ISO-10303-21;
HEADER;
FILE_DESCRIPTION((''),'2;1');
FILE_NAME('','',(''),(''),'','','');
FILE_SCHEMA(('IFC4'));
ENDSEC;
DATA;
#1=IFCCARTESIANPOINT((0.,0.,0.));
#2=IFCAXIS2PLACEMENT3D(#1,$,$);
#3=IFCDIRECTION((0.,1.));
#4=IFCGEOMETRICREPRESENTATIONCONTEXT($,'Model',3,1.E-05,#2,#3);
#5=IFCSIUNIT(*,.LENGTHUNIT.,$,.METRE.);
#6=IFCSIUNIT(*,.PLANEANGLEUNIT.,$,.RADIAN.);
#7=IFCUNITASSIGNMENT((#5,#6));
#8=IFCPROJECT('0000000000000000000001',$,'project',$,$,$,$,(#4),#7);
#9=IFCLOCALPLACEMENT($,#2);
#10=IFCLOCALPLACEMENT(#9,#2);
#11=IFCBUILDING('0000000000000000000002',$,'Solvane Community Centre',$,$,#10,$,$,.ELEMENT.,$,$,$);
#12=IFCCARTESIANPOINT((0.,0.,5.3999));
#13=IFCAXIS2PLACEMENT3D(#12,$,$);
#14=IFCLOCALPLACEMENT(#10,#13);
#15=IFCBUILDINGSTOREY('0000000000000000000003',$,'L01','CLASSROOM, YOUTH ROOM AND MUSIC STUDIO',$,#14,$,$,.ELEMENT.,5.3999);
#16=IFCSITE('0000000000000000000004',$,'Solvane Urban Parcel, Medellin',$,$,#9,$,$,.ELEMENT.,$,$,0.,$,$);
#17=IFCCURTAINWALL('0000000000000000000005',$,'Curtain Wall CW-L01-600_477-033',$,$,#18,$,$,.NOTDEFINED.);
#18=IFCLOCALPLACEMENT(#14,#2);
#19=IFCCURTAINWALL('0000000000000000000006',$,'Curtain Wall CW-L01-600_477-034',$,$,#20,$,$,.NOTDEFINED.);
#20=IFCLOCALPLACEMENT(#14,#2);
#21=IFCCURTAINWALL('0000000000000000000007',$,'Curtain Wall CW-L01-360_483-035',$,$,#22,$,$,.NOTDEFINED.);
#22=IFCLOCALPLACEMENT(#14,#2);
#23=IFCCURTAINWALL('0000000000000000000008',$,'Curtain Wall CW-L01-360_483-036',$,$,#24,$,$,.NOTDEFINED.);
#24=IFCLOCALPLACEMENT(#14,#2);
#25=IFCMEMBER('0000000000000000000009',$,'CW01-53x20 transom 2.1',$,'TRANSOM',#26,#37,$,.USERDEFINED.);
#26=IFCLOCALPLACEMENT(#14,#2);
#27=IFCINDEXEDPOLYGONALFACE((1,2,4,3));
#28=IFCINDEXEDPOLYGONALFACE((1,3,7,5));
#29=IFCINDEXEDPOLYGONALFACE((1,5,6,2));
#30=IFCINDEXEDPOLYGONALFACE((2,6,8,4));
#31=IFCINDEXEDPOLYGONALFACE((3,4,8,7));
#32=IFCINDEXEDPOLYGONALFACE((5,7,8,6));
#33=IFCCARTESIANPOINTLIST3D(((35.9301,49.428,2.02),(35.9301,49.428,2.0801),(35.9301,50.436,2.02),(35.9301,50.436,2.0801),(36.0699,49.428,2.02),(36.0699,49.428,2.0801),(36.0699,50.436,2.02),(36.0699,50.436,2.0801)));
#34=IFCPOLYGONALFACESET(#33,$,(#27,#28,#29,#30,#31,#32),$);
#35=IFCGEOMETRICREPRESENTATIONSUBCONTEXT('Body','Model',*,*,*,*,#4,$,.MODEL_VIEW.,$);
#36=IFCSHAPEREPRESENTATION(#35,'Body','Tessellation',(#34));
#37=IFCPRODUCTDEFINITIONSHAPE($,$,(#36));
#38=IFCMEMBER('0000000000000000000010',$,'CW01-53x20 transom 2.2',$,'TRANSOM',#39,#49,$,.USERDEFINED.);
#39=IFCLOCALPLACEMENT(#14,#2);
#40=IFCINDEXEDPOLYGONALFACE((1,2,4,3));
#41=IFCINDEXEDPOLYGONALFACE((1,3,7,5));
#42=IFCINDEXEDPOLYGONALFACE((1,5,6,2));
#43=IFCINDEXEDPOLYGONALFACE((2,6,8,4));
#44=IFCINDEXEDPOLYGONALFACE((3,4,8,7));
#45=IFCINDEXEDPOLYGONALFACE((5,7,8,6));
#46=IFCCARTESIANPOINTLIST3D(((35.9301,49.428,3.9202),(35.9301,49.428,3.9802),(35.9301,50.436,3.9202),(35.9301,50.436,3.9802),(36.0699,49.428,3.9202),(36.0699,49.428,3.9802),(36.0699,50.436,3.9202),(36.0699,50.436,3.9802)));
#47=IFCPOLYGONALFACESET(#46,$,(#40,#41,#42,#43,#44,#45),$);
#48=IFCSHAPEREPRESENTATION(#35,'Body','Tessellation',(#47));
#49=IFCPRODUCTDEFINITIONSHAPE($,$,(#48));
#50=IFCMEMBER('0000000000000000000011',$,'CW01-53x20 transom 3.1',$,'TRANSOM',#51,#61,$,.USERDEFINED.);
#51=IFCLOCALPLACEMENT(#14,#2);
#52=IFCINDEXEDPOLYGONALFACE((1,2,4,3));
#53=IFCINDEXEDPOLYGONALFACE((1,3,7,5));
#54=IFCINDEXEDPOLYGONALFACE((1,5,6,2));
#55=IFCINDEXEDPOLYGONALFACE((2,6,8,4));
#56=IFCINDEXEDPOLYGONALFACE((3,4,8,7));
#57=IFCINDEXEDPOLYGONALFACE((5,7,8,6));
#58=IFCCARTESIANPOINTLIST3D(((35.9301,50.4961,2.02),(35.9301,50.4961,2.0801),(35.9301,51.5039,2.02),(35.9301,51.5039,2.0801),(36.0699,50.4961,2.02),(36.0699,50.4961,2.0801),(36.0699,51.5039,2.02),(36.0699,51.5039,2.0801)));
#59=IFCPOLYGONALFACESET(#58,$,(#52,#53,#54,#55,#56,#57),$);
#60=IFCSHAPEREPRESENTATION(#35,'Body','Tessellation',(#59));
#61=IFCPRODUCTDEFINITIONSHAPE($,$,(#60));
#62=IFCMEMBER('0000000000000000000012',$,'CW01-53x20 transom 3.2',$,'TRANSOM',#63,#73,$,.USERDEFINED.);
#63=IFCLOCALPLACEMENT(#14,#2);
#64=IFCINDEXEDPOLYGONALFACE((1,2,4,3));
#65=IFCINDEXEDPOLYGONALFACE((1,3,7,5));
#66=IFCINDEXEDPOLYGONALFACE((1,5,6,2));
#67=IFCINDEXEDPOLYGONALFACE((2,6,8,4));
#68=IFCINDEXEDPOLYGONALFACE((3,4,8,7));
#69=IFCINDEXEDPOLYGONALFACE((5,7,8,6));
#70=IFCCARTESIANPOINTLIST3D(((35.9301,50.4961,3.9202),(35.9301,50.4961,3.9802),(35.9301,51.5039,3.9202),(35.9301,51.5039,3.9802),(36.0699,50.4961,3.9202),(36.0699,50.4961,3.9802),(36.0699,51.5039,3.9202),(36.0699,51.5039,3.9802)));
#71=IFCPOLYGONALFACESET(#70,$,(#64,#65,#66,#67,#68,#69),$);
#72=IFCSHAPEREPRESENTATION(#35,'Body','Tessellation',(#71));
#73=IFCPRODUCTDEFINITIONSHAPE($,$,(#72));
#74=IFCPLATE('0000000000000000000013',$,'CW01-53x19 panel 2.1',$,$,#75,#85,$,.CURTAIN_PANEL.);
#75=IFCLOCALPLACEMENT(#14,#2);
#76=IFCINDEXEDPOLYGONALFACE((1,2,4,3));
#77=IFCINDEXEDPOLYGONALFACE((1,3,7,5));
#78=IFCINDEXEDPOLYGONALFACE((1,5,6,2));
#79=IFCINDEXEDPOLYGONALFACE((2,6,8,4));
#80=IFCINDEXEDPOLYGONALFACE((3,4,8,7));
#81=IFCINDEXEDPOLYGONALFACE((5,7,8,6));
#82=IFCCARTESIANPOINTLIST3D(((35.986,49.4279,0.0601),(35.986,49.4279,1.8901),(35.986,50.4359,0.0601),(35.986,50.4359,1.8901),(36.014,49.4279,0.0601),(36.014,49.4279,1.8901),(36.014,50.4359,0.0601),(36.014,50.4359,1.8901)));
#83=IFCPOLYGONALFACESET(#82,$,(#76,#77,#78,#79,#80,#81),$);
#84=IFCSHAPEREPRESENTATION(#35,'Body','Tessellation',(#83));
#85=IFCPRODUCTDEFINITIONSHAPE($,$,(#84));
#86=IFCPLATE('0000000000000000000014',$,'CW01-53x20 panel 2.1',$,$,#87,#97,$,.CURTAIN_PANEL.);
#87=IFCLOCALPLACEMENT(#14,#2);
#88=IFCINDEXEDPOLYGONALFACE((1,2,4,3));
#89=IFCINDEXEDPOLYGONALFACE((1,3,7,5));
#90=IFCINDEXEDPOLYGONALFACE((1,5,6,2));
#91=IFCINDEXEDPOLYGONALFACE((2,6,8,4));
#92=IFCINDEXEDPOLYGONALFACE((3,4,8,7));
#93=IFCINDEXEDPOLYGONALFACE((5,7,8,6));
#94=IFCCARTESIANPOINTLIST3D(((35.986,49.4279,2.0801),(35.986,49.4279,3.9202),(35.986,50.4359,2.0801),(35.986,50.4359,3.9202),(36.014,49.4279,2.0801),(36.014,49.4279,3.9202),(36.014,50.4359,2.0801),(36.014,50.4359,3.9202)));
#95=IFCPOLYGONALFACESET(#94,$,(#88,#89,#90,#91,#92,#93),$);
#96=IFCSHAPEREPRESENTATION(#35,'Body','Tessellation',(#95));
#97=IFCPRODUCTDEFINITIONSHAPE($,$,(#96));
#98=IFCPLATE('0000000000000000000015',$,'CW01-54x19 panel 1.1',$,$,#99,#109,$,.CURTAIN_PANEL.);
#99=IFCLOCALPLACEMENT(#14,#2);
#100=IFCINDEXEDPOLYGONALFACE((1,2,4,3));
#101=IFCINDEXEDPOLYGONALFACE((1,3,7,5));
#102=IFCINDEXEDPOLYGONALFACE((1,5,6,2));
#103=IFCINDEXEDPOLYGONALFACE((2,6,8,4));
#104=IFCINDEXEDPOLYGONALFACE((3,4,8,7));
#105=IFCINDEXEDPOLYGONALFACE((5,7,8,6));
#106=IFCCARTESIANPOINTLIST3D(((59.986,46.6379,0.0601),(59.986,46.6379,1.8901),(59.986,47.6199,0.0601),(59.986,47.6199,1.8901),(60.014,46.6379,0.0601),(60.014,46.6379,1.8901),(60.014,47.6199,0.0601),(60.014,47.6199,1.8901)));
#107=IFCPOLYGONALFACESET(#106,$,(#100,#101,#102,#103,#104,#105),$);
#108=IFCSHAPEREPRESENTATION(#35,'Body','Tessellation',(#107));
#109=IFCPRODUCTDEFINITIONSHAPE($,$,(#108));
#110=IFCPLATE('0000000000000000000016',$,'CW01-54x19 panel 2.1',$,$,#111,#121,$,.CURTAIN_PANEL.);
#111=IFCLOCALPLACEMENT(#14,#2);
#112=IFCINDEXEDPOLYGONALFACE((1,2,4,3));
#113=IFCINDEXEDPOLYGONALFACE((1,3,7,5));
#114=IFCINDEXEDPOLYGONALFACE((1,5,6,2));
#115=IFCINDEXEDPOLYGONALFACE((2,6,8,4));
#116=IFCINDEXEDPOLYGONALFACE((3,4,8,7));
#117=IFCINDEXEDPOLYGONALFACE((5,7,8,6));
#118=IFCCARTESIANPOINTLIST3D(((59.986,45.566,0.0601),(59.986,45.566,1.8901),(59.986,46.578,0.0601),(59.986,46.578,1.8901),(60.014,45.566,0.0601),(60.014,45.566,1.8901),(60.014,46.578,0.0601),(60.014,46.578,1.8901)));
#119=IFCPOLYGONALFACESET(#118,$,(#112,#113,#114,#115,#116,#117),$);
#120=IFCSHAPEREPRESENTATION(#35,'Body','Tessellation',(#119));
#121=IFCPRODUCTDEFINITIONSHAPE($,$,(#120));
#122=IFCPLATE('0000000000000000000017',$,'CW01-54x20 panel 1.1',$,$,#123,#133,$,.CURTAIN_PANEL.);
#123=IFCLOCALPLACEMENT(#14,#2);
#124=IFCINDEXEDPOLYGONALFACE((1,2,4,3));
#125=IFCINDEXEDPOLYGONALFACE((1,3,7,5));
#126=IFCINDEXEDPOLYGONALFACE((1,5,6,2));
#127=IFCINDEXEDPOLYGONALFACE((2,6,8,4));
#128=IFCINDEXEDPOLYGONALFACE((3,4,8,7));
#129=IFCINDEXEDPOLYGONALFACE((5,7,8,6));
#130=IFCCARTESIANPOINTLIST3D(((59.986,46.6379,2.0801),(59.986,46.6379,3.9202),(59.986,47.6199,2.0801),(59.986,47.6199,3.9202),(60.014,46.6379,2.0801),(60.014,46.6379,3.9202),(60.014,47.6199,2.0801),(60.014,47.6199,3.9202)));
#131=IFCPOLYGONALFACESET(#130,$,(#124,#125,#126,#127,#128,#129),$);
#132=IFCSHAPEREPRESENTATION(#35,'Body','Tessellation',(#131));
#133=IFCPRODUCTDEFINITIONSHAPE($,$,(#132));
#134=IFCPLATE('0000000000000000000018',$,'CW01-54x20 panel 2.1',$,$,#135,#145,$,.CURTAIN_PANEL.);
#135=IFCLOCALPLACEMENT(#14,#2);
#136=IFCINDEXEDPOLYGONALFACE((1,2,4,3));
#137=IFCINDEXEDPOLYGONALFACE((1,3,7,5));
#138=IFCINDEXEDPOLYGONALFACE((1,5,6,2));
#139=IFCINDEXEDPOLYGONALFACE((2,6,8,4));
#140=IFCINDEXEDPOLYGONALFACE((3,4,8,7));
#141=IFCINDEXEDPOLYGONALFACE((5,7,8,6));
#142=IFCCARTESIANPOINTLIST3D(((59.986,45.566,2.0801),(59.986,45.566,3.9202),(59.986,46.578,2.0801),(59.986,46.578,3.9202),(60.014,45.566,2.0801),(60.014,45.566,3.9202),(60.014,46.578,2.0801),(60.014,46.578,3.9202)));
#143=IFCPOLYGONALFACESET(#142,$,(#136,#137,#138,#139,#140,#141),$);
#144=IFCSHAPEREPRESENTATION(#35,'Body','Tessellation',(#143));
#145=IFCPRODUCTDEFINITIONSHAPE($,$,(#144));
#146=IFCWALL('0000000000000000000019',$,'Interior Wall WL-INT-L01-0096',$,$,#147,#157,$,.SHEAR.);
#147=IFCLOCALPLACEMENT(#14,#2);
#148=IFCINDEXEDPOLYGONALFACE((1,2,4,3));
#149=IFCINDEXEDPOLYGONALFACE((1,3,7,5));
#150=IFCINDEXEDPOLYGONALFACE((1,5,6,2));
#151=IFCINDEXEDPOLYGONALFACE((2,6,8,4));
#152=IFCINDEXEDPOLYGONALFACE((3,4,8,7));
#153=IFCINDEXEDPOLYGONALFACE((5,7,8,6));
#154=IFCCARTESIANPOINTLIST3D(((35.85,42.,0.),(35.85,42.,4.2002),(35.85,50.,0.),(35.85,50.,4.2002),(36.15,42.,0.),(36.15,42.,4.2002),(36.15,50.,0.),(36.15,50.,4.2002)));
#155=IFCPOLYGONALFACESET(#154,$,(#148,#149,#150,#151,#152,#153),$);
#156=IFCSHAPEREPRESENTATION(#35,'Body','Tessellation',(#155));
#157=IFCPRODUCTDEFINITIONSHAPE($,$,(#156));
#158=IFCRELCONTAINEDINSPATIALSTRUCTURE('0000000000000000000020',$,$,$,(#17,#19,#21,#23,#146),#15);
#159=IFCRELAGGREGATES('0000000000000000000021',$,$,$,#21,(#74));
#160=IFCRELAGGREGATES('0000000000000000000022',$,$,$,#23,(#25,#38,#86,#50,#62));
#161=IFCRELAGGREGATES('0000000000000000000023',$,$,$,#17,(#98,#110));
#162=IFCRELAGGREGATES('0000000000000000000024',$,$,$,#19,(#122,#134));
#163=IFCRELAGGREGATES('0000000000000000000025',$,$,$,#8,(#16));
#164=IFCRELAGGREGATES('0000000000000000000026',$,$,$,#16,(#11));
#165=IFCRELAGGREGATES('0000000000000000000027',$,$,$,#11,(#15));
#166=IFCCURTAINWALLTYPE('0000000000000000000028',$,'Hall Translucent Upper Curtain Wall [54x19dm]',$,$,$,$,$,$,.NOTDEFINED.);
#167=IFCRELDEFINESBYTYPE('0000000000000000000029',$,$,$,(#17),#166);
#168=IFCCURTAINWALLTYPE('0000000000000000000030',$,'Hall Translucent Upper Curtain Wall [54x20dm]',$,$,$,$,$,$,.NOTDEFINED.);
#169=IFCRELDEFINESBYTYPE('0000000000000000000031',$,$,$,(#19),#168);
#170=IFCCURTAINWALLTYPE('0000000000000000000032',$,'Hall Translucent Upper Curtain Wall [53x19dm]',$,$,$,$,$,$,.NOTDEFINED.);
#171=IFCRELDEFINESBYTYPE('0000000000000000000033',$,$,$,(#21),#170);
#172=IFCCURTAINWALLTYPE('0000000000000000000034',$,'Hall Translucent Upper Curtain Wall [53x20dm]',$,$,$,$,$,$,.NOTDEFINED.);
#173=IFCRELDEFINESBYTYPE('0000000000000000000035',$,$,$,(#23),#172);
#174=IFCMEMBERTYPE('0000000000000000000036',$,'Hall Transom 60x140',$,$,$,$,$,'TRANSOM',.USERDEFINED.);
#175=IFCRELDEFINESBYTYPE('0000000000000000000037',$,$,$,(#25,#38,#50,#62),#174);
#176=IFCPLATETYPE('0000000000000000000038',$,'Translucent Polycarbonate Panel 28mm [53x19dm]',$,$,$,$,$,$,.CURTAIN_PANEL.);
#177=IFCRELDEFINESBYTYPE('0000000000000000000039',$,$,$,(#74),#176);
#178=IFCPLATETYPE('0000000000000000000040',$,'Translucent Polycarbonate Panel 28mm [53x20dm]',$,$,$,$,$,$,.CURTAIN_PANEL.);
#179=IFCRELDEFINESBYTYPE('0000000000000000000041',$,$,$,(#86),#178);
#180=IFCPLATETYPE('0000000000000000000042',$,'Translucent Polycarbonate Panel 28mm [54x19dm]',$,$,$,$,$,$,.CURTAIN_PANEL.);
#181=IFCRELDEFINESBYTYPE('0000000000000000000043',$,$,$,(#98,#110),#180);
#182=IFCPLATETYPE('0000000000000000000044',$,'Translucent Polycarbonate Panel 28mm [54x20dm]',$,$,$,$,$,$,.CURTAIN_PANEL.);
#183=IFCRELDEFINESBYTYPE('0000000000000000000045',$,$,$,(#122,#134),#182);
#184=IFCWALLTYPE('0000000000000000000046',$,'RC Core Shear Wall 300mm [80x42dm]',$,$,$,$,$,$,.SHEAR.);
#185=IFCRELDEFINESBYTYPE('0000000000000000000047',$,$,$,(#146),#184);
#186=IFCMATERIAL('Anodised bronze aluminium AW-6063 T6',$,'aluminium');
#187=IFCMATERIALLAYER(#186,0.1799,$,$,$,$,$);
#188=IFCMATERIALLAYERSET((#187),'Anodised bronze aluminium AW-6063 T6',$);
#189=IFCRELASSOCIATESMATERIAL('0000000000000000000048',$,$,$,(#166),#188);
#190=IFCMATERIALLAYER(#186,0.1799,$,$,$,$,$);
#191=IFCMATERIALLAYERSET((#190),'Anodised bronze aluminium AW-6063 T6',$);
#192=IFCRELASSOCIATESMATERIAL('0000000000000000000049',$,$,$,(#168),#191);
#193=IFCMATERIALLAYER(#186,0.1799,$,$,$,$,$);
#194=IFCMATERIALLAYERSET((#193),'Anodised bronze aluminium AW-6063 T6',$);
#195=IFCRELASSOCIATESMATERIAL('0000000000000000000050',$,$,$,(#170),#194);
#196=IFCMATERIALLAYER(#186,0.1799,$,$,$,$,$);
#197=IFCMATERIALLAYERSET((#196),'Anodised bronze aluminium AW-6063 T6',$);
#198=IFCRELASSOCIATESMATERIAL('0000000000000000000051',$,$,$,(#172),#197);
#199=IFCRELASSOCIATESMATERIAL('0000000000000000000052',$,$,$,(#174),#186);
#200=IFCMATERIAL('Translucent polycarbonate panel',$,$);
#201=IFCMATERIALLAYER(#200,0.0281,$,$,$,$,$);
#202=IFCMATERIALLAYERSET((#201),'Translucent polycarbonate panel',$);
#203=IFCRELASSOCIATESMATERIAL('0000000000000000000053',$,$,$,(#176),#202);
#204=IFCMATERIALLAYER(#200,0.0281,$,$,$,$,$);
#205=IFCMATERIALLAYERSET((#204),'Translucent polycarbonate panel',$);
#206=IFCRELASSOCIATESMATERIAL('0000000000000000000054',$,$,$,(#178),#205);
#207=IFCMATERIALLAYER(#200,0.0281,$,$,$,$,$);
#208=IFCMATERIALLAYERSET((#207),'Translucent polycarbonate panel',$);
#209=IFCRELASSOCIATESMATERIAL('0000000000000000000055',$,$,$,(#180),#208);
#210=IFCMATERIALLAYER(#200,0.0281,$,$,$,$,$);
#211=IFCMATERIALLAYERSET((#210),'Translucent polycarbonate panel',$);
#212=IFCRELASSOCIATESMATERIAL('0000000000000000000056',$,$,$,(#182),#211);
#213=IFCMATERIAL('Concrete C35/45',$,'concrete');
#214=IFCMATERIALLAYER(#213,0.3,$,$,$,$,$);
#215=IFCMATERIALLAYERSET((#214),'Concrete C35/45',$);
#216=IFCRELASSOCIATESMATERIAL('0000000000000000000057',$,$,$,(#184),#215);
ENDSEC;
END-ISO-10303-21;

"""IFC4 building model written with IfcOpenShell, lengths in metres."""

from ifc_helpers import new_model, si_unit, direction, frame, frame_2d, origin, origin_2d, place, context, subcontext, project, spatial, rectangle, extrude, material, layer, layer_set, material_profile, profile_set, type_object, element, aggregate, save


model = new_model("IFC4")

# Units and contexts
model_context = context("Model", 3, precision=1e-05, world=origin(), true_north=direction((0.0, 1.0)))
body_context = subcontext(model_context, "Body", "Model", "MODEL_VIEW")
ifc_project = project(units=[si_unit("LENGTHUNIT", "METRE"), si_unit("PLANEANGLEUNIT", "RADIAN")], contexts=[model_context])

# Site, building, storey
site_placement = place(None, origin())
site = spatial("IfcSite", under=ifc_project, at=site_placement, Name="Solvane Urban Parcel, Medellin", CompositionType="ELEMENT", RefElevation=0.0)
building_placement = place(site_placement, origin())
building = spatial("IfcBuilding", under=site, at=building_placement, Name="Solvane Community Centre", CompositionType="ELEMENT")
storey_placement = place(building_placement, frame((0.0, 0.0, 5.3999)))
storey = spatial("IfcBuildingStorey", under=building, at=storey_placement, Name="L01", Description="CLASSROOM, YOUTH ROOM AND MUSIC STUDIO", CompositionType="ELEMENT", Elevation=5.3999)

# Curtain walls
ifc_material_1 = material(Name="Anodised bronze aluminium AW-6063 T6", Category="aluminium")
ifc_layer_1 = layer(ifc_material_1, 0.1799)
ifc_layer_set_1 = layer_set([ifc_layer_1], Name="Anodised bronze aluminium AW-6063 T6")
curtain_wall_type_1 = type_object("IfcCurtainWallType", Name="Hall Translucent Upper Curtain Wall [54x19dm]", PredefinedType="NOTDEFINED", material=ifc_layer_set_1)
curtain_wall_1_placement = place(storey_placement, origin())
curtain_wall_1 = element("IfcCurtainWall", 1, at=curtain_wall_1_placement, inside=storey, type_object=curtain_wall_type_1, Name="Curtain Wall CW-L01-600_477-033", PredefinedType="NOTDEFINED")
ifc_layer_2 = layer(ifc_material_1, 0.1799)
ifc_layer_set_2 = layer_set([ifc_layer_2], Name="Anodised bronze aluminium AW-6063 T6")
curtain_wall_type_2 = type_object("IfcCurtainWallType", Name="Hall Translucent Upper Curtain Wall [54x20dm]", PredefinedType="NOTDEFINED", material=ifc_layer_set_2)
curtain_wall_2_placement = place(storey_placement, origin())
curtain_wall_2 = element("IfcCurtainWall", 2, at=curtain_wall_2_placement, inside=storey, type_object=curtain_wall_type_2, Name="Curtain Wall CW-L01-600_477-034", PredefinedType="NOTDEFINED")

# Curtain walls
ifc_layer_3 = layer(ifc_material_1, 0.1799)
ifc_layer_set_3 = layer_set([ifc_layer_3], Name="Anodised bronze aluminium AW-6063 T6")
curtain_wall_type_3 = type_object("IfcCurtainWallType", Name="Hall Translucent Upper Curtain Wall [53x19dm]", PredefinedType="NOTDEFINED", material=ifc_layer_set_3)
curtain_wall_3_placement = place(storey_placement, origin())
curtain_wall_3 = element("IfcCurtainWall", 3, at=curtain_wall_3_placement, inside=storey, type_object=curtain_wall_type_3, Name="Curtain Wall CW-L01-360_483-035", PredefinedType="NOTDEFINED")
ifc_layer_4 = layer(ifc_material_1, 0.1799)
ifc_layer_set_4 = layer_set([ifc_layer_4], Name="Anodised bronze aluminium AW-6063 T6")
curtain_wall_type_4 = type_object("IfcCurtainWallType", Name="Hall Translucent Upper Curtain Wall [53x20dm]", PredefinedType="NOTDEFINED", material=ifc_layer_set_4)
curtain_wall_4_placement = place(storey_placement, origin())
curtain_wall_4 = element("IfcCurtainWall", 4, at=curtain_wall_4_placement, inside=storey, type_object=curtain_wall_type_4, Name="Curtain Wall CW-L01-360_483-036", PredefinedType="NOTDEFINED")

# Members
ifc_material_profile_1 = material_profile(ifc_material_1, rectangle(XDim=0.1399, YDim=0.0601, at=origin_2d()), Name="CW-T 60x140")
ifc_profile_set_1 = profile_set([ifc_material_profile_1], Name="Anodised bronze aluminium AW-6063 T6")
member_type_1 = type_object("IfcMemberType", Name="Hall Transom 60x140", ElementType="TRANSOM", PredefinedType="USERDEFINED", material=ifc_profile_set_1)
member_1_placement = place(storey_placement, frame((36.0, 49.428, 2.05), z_axis=(0.0, 1.0, 0.0), x_axis=(-1.0, 0.0, 0.0)))
member_1 = element("IfcMember", 5, at=member_1_placement, type_object=member_type_1, Name="CW01-53x20 transom 2.1", ObjectType="TRANSOM", PredefinedType="USERDEFINED", context=body_context, shape_type="SweptSolid", body=[
    extrude(rectangle(XDim=0.1399, YDim=0.0601, at=origin_2d()), origin(), (0.0, 0.0, 1.0), 1.0081),
])
member_2_placement = place(storey_placement, frame((36.0, 49.428, 3.9502), z_axis=(0.0, 1.0, 0.0), x_axis=(-1.0, 0.0, 0.0)))
member_2 = element("IfcMember", 6, at=member_2_placement, type_object=member_type_1, Name="CW01-53x20 transom 2.2", ObjectType="TRANSOM", PredefinedType="USERDEFINED", context=body_context, shape_type="SweptSolid", body=[
    extrude(rectangle(XDim=0.1399, YDim=0.0601, at=origin_2d()), origin(), (0.0, 0.0, 1.0), 1.0081),
])
member_3_placement = place(storey_placement, frame((36.0, 50.4961, 2.05), z_axis=(0.0, 1.0, 0.0), x_axis=(-1.0, 0.0, 0.0)))
member_3 = element("IfcMember", 7, at=member_3_placement, type_object=member_type_1, Name="CW01-53x20 transom 3.1", ObjectType="TRANSOM", PredefinedType="USERDEFINED", context=body_context, shape_type="SweptSolid", body=[
    extrude(rectangle(XDim=0.1399, YDim=0.0601, at=origin_2d()), origin(), (0.0, 0.0, 1.0), 1.0078),
])
member_4_placement = place(storey_placement, frame((36.0, 50.4961, 3.9502), z_axis=(0.0, 1.0, 0.0), x_axis=(-1.0, 0.0, 0.0)))
member_4 = element("IfcMember", 8, at=member_4_placement, type_object=member_type_1, Name="CW01-53x20 transom 3.2", ObjectType="TRANSOM", PredefinedType="USERDEFINED", context=body_context, shape_type="SweptSolid", body=[
    extrude(rectangle(XDim=0.1399, YDim=0.0601, at=origin_2d()), origin(), (0.0, 0.0, 1.0), 1.0078),
])

# Plates
ifc_material_2 = material(Name="Translucent polycarbonate panel")
ifc_layer_5 = layer(ifc_material_2, 0.0281)
ifc_layer_set_5 = layer_set([ifc_layer_5], Name="Translucent polycarbonate panel")
plate_type_1 = type_object("IfcPlateType", Name="Translucent Polycarbonate Panel 28mm [53x19dm]", PredefinedType="CURTAIN_PANEL", material=ifc_layer_set_5)
plate_1_placement = place(storey_placement, frame((36.0, 49.9319, 0.0601), z_axis=(0.0, 0.0, 1.0), x_axis=(0.0, 1.0, 0.0)))
plate_1 = element("IfcPlate", 9, at=plate_1_placement, type_object=plate_type_1, Name="CW01-53x19 panel 2.1", PredefinedType="CURTAIN_PANEL", context=body_context, shape_type="SweptSolid", body=[
    extrude(rectangle(XDim=1.0081, YDim=0.0281, at=origin_2d()), origin(), (0.0, 0.0, 1.0), 1.8301),
])
aggregate(curtain_wall_3, [plate_1])
ifc_layer_6 = layer(ifc_material_2, 0.0281)
ifc_layer_set_6 = layer_set([ifc_layer_6], Name="Translucent polycarbonate panel")
plate_type_2 = type_object("IfcPlateType", Name="Translucent Polycarbonate Panel 28mm [53x20dm]", PredefinedType="CURTAIN_PANEL", material=ifc_layer_set_6)
plate_2_placement = place(storey_placement, frame((36.0, 49.9319, 2.0801), z_axis=(0.0, 0.0, 1.0), x_axis=(0.0, 1.0, 0.0)))
plate_2 = element("IfcPlate", 10, at=plate_2_placement, type_object=plate_type_2, Name="CW01-53x20 panel 2.1", PredefinedType="CURTAIN_PANEL", context=body_context, shape_type="SweptSolid", body=[
    extrude(rectangle(XDim=1.0081, YDim=0.0281, at=origin_2d()), origin(), (0.0, 0.0, 1.0), 1.8401),
])
aggregate(curtain_wall_4, [member_1, member_2, plate_2, member_3, member_4])
ifc_layer_7 = layer(ifc_material_2, 0.0281)
ifc_layer_set_7 = layer_set([ifc_layer_7], Name="Translucent polycarbonate panel")
plate_type_3 = type_object("IfcPlateType", Name="Translucent Polycarbonate Panel 28mm [54x19dm]", PredefinedType="CURTAIN_PANEL", material=ifc_layer_set_7)
plate_3_placement = place(storey_placement, frame((60.0, 47.1289, 0.0601), z_axis=(0.0, 0.0, 1.0), x_axis=(0.0, -1.0, 0.0)))
plate_3 = element("IfcPlate", 11, at=plate_3_placement, type_object=plate_type_3, Name="CW01-54x19 panel 1.1", PredefinedType="CURTAIN_PANEL", context=body_context, shape_type="SweptSolid", body=[
    extrude(rectangle(XDim=0.9819, YDim=0.0281, at=origin_2d()), origin(), (0.0, 0.0, 1.0), 1.8301),
])
plate_4_placement = place(storey_placement, frame((60.0, 46.072, 0.0601), z_axis=(0.0, 0.0, 1.0), x_axis=(0.0, -1.0, 0.0)))
plate_4 = element("IfcPlate", 12, at=plate_4_placement, type_object=plate_type_3, Name="CW01-54x19 panel 2.1", PredefinedType="CURTAIN_PANEL", context=body_context, shape_type="SweptSolid", body=[
    extrude(rectangle(XDim=1.012, YDim=0.0281, at=origin_2d()), origin(), (0.0, 0.0, 1.0), 1.8301),
])
aggregate(curtain_wall_1, [plate_3, plate_4])
ifc_layer_8 = layer(ifc_material_2, 0.0281)
ifc_layer_set_8 = layer_set([ifc_layer_8], Name="Translucent polycarbonate panel")
plate_type_4 = type_object("IfcPlateType", Name="Translucent Polycarbonate Panel 28mm [54x20dm]", PredefinedType="CURTAIN_PANEL", material=ifc_layer_set_8)
plate_5_placement = place(storey_placement, frame((60.0, 47.1289, 2.0801), z_axis=(0.0, 0.0, 1.0), x_axis=(0.0, -1.0, 0.0)))
plate_5 = element("IfcPlate", 13, at=plate_5_placement, type_object=plate_type_4, Name="CW01-54x20 panel 1.1", PredefinedType="CURTAIN_PANEL", context=body_context, shape_type="SweptSolid", body=[
    extrude(rectangle(XDim=0.9819, YDim=0.0281, at=origin_2d()), origin(), (0.0, 0.0, 1.0), 1.8401),
])
plate_6_placement = place(storey_placement, frame((60.0, 46.072, 2.0801), z_axis=(0.0, 0.0, 1.0), x_axis=(0.0, -1.0, 0.0)))
plate_6 = element("IfcPlate", 14, at=plate_6_placement, type_object=plate_type_4, Name="CW01-54x20 panel 2.1", PredefinedType="CURTAIN_PANEL", context=body_context, shape_type="SweptSolid", body=[
    extrude(rectangle(XDim=1.012, YDim=0.0281, at=origin_2d()), origin(), (0.0, 0.0, 1.0), 1.8401),
])
aggregate(curtain_wall_2, [plate_5, plate_6])

# Wall
ifc_material_3 = material(Name="Concrete C35/45", Category="concrete")
ifc_layer_9 = layer(ifc_material_3, 0.3)
ifc_layer_set_9 = layer_set([ifc_layer_9], Name="Concrete C35/45")
wall_type = type_object("IfcWallType", Name="RC Core Shear Wall 300mm [80x42dm]", PredefinedType="SHEAR", material=ifc_layer_set_9)
wall_placement = place(storey_placement, frame((36.0, 50.0, 0.0), z_axis=(0.0, 0.0, 1.0), x_axis=(0.0, -1.0, 0.0)))
element("IfcWall", 15, at=wall_placement, inside=storey, type_object=wall_type, Name="Interior Wall WL-INT-L01-0096", PredefinedType="SHEAR", context=body_context, shape_type="SweptSolid", body=[
    extrude(rectangle(XDim=8.0, YDim=0.3, at=frame_2d((4.0, 0.0))), origin(), (0.0, 0.0, 1.0), 4.2002),
])

save(model, "model.ifc")
